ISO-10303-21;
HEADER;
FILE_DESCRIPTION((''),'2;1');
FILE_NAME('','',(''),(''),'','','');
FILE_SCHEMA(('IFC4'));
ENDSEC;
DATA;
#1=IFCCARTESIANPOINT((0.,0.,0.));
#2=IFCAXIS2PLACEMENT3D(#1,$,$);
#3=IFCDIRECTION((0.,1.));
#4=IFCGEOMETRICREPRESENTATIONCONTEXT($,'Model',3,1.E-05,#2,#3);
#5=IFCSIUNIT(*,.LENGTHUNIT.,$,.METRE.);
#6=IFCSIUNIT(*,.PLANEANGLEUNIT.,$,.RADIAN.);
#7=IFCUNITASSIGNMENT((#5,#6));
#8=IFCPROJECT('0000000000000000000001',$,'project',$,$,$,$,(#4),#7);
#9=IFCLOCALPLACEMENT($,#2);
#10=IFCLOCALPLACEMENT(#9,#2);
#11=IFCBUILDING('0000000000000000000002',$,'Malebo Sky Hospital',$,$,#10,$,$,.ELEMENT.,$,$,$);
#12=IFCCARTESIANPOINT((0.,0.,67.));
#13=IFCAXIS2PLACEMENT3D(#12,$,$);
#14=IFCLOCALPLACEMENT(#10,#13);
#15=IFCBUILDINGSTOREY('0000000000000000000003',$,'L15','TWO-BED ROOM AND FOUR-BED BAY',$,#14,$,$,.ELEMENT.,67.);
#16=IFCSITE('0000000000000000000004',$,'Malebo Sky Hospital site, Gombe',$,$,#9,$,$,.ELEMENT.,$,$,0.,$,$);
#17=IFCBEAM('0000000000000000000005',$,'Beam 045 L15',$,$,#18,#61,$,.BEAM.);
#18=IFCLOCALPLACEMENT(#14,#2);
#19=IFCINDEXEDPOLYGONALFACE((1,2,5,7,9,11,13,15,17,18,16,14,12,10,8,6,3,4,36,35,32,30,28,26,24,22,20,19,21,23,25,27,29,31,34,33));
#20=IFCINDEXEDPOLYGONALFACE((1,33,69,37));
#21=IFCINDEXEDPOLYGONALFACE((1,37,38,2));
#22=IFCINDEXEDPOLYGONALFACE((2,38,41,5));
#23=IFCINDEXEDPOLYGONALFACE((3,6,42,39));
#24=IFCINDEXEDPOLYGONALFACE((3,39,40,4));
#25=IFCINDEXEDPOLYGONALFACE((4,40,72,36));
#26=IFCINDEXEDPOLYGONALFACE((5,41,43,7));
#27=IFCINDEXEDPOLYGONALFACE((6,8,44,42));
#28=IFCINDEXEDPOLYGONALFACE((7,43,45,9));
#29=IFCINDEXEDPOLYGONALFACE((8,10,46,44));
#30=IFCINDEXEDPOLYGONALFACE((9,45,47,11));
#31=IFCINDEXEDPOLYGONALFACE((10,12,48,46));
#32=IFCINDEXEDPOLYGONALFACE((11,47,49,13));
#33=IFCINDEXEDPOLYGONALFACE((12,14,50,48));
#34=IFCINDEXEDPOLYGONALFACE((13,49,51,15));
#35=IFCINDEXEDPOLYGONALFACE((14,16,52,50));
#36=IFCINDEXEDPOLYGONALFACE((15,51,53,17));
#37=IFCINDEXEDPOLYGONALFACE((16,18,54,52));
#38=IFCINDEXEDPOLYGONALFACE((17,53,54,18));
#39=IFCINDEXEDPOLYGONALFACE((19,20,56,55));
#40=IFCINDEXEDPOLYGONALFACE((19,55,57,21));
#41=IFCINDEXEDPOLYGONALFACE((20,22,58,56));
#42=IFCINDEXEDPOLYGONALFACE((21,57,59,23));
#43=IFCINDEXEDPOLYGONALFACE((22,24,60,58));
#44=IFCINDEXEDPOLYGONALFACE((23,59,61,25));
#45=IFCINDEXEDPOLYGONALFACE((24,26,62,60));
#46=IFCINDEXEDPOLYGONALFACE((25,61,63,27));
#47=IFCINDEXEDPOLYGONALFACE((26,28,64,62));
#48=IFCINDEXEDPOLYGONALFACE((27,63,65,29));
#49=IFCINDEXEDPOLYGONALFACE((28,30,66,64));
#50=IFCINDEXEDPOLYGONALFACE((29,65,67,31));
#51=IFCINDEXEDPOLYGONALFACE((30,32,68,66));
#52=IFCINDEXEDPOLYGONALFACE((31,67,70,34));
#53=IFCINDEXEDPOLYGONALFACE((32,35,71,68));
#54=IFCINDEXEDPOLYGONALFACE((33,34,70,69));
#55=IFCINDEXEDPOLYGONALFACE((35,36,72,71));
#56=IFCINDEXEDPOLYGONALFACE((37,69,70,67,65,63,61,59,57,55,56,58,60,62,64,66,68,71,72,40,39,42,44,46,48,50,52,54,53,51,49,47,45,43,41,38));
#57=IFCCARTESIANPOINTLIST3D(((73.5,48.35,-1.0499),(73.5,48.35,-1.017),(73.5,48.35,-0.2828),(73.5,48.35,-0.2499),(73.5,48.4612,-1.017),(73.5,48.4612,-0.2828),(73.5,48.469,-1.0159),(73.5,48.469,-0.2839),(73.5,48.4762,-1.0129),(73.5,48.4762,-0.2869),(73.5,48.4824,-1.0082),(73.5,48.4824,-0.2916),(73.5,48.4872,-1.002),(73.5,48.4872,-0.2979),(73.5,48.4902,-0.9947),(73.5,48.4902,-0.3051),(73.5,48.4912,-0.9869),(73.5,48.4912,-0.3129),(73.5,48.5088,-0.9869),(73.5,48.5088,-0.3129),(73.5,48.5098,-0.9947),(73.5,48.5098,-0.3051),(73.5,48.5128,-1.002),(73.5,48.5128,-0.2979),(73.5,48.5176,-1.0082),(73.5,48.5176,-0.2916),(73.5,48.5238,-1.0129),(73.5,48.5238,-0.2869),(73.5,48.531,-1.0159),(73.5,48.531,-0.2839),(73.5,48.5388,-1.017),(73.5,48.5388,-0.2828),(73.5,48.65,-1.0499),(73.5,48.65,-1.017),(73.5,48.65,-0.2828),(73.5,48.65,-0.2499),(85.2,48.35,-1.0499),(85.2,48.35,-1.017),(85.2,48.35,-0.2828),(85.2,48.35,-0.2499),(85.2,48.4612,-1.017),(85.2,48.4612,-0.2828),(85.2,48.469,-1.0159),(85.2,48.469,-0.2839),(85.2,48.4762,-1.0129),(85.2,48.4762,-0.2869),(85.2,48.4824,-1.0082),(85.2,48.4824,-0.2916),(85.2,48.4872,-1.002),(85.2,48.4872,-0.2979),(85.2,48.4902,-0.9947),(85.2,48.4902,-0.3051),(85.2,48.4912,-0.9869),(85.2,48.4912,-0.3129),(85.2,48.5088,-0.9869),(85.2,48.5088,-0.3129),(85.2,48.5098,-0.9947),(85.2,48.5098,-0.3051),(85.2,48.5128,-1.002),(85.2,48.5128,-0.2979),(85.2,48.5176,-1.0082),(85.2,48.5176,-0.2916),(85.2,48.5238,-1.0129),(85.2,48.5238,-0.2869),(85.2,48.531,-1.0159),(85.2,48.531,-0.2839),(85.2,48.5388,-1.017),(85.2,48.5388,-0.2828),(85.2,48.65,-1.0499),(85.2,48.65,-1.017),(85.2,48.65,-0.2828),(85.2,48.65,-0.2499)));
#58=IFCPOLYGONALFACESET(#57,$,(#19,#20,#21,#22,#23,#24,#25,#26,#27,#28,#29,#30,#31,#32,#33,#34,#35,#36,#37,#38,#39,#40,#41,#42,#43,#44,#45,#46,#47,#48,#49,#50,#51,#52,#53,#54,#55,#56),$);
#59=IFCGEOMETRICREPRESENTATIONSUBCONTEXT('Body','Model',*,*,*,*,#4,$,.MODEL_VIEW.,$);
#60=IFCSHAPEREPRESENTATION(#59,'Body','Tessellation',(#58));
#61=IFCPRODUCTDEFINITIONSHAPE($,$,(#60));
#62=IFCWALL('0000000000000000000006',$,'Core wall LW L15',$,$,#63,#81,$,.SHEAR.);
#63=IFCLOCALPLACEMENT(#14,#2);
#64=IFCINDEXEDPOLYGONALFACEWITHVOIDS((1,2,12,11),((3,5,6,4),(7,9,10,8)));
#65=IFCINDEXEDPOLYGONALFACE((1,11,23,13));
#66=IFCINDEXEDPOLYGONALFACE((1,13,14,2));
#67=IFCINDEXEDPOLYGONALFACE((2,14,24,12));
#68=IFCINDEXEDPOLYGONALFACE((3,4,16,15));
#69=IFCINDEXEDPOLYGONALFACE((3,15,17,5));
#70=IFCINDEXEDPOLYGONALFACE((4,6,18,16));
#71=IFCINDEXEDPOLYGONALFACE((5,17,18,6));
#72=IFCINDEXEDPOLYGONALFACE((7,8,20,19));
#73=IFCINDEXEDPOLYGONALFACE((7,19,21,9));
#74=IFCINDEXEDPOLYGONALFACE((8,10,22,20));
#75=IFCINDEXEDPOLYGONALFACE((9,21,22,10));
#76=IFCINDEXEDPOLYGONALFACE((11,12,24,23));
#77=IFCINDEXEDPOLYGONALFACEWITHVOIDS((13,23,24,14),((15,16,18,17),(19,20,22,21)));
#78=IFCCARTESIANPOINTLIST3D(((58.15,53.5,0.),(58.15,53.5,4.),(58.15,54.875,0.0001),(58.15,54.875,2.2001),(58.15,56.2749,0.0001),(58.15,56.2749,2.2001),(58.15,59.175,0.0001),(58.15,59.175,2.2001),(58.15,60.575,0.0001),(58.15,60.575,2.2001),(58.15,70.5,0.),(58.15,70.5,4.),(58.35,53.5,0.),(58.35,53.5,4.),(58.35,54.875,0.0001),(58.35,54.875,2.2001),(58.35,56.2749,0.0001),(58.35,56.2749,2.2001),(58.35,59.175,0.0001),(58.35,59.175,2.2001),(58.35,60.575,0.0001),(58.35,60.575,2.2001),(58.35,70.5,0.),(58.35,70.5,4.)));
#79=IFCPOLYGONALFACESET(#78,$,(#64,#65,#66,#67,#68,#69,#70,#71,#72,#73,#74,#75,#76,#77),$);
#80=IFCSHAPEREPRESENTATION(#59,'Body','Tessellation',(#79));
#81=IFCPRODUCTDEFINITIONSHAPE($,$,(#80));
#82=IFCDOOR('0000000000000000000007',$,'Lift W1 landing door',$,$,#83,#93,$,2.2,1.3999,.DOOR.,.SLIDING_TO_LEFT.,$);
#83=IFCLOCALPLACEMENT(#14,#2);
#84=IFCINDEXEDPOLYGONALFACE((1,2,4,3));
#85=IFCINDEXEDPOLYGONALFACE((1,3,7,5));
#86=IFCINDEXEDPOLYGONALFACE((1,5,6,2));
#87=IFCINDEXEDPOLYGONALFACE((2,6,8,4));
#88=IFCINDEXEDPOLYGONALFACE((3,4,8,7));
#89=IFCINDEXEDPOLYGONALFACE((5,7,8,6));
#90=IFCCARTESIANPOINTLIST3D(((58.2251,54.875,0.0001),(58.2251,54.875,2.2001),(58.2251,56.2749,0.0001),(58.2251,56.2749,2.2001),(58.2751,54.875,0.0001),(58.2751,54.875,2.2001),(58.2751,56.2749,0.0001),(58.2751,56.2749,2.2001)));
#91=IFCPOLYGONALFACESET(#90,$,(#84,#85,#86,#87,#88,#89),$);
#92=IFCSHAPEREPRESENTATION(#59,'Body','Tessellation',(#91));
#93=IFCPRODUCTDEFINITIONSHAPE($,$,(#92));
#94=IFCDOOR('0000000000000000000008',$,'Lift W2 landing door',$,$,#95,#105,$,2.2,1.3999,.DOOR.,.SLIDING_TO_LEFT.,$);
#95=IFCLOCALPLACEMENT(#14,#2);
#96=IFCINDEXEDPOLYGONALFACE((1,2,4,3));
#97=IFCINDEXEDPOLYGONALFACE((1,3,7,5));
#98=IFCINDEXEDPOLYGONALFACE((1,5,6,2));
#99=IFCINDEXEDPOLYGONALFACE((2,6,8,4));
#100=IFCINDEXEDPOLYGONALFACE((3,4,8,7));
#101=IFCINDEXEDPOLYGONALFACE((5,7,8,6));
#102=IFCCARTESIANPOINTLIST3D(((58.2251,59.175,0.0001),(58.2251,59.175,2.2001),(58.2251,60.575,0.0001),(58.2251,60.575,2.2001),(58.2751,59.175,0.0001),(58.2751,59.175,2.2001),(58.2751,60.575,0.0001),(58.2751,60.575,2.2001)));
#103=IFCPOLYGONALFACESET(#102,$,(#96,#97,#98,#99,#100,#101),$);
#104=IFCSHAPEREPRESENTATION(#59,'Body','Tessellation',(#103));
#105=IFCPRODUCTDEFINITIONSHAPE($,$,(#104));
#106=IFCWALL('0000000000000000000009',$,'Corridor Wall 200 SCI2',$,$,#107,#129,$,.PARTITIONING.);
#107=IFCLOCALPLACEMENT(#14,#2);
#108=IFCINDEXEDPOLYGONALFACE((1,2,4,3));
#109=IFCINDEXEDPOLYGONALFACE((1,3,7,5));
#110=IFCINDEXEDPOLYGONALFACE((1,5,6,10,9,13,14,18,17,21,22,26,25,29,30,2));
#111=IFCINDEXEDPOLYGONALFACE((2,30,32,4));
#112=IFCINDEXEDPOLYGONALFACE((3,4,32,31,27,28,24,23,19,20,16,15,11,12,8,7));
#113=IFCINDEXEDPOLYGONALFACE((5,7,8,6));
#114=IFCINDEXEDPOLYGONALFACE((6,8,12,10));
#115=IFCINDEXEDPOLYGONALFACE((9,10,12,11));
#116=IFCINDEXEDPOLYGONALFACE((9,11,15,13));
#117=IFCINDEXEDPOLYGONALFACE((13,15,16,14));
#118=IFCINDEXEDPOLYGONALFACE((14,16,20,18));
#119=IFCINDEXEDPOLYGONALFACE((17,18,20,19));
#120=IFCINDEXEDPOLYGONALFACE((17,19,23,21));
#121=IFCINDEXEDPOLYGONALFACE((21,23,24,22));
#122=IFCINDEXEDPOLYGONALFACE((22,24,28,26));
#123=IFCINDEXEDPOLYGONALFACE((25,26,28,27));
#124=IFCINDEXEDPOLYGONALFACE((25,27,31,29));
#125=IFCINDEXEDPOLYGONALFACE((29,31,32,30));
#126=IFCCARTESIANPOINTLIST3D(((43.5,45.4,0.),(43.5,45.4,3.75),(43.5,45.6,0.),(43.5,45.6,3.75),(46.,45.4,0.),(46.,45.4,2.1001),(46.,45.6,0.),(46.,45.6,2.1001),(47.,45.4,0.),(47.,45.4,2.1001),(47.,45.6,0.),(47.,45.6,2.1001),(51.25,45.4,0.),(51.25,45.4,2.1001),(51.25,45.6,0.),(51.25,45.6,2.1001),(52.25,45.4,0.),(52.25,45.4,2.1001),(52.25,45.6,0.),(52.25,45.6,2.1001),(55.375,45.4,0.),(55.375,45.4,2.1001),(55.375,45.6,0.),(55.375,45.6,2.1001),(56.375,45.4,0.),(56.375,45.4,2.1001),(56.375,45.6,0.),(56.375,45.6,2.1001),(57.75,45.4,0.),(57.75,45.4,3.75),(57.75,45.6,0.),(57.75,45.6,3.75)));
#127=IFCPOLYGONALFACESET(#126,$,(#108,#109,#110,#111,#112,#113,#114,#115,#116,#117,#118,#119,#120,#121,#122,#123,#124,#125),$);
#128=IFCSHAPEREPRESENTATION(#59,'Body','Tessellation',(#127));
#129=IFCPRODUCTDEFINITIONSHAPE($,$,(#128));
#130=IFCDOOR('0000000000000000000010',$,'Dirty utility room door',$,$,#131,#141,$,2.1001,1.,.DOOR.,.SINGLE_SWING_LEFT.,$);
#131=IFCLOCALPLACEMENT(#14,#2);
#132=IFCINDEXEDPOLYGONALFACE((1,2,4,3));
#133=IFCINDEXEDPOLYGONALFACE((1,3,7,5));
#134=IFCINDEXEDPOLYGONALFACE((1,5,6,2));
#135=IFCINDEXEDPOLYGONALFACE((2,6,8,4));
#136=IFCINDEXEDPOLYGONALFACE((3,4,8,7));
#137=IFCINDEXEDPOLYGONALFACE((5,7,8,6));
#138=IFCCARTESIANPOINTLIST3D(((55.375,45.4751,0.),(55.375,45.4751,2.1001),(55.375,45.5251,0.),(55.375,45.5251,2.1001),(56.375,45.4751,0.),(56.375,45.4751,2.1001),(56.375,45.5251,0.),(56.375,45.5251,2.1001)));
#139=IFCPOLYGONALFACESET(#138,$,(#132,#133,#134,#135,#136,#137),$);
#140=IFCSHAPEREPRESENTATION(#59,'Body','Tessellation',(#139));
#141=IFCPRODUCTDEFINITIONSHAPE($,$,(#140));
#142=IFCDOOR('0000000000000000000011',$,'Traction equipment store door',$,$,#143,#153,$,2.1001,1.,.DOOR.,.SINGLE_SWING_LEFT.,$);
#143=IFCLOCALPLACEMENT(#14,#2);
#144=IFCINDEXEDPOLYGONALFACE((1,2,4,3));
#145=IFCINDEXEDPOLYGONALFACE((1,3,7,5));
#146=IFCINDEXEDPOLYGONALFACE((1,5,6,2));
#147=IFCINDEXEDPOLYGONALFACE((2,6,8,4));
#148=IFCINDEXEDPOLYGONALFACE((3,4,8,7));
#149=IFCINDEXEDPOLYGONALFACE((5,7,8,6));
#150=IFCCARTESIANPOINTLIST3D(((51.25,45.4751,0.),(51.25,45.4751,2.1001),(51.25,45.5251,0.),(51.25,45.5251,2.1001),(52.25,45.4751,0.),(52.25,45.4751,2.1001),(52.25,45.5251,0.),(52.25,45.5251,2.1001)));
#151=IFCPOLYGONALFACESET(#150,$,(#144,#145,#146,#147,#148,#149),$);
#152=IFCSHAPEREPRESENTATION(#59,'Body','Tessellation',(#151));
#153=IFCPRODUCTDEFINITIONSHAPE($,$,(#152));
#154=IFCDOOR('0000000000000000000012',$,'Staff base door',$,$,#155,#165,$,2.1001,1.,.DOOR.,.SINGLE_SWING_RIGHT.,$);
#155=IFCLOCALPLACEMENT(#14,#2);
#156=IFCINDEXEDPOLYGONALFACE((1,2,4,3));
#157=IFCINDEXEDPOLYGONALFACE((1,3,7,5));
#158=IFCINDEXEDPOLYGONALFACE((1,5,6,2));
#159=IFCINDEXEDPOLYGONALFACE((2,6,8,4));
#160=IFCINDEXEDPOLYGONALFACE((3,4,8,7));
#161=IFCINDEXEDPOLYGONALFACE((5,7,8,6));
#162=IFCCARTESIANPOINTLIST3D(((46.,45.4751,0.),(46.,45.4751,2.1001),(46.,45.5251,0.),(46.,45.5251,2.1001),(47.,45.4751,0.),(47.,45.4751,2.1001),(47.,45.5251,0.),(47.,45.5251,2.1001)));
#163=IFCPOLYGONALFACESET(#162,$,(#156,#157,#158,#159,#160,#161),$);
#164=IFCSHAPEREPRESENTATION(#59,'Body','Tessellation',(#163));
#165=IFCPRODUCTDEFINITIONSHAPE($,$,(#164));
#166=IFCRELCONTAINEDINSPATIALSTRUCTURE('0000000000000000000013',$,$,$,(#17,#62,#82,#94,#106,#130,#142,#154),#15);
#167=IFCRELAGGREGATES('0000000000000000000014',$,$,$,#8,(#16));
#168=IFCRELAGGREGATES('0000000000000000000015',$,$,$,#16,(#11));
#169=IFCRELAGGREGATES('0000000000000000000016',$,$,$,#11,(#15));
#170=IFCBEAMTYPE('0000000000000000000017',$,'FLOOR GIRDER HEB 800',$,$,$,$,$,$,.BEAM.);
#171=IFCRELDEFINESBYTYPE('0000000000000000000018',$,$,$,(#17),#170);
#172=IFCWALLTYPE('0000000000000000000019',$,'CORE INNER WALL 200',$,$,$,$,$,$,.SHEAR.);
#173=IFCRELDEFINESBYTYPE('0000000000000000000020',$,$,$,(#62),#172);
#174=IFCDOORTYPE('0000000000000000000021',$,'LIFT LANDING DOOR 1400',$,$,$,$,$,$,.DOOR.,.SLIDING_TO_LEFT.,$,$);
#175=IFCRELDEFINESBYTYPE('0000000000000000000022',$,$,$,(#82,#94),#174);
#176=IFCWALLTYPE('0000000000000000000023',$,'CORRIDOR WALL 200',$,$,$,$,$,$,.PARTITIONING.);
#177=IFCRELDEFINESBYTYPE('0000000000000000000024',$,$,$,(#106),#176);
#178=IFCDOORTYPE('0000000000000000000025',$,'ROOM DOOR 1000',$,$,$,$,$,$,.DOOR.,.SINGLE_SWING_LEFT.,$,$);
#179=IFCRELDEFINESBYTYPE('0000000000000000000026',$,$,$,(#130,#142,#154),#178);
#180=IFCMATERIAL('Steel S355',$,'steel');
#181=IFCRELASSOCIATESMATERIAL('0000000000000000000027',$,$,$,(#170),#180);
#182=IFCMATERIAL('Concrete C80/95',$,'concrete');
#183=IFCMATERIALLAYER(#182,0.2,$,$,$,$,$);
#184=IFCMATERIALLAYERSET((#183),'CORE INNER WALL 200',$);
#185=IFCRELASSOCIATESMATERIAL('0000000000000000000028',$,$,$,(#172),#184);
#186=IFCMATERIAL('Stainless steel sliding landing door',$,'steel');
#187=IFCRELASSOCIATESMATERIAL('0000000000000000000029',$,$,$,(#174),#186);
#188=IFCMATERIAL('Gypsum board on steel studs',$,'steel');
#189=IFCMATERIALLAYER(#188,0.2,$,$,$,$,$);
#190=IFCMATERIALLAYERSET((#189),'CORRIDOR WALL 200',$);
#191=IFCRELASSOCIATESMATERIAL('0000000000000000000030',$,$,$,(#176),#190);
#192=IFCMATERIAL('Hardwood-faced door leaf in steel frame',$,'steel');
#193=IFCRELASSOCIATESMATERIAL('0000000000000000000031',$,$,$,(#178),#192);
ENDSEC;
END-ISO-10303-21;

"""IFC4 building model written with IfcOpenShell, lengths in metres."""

from ifc_helpers import new_model, si_unit, direction, frame, frame_2d, origin, origin_2d, place, context, subcontext, project, spatial, rectangle, i_section, extrude, material, layer, layer_set, material_profile, profile_set, type_object, element, fill, save


model = new_model("IFC4")

# Units and contexts
model_context = context("Model", 3, precision=1e-05, world=origin(), true_north=direction((0.0, 1.0)))
body_context = subcontext(model_context, "Body", "Model", "MODEL_VIEW")
ifc_project = project(units=[si_unit("LENGTHUNIT", "METRE"), si_unit("PLANEANGLEUNIT", "RADIAN")], contexts=[model_context])

# Site, building, storey
site_placement = place(None, origin())
site = spatial("IfcSite", under=ifc_project, at=site_placement, Name="Malebo Sky Hospital site, Gombe", CompositionType="ELEMENT", RefElevation=0.0)
building_placement = place(site_placement, origin())
building = spatial("IfcBuilding", under=site, at=building_placement, Name="Malebo Sky Hospital", CompositionType="ELEMENT")
storey_placement = place(building_placement, frame((0.0, 0.0, 67.0)))
storey = spatial("IfcBuildingStorey", under=building, at=storey_placement, Name="L15", Description="TWO-BED ROOM AND FOUR-BED BAY", CompositionType="ELEMENT", Elevation=67.0)

# Beam
ifc_material_1 = material(Name="Steel S355", Category="steel")
ifc_material_profile_1 = material_profile(ifc_material_1, i_section(OverallWidth=0.3, OverallDepth=0.8, WebThickness=0.0176, FlangeThickness=0.033, FilletRadius=0.03, at=origin_2d()), Name="HEB 800")
ifc_profile_set_1 = profile_set([ifc_material_profile_1], Name="Steel S355")
beam_type_1 = type_object("IfcBeamType", Name="FLOOR GIRDER HEB 800", PredefinedType="BEAM", material=ifc_profile_set_1)
beam_1_placement = place(storey_placement, frame((73.5, 48.5, -0.6499), z_axis=(1.0, 0.0, 0.0), x_axis=(0.0, 1.0, 0.0)))
element("IfcBeam", 1, at=beam_1_placement, inside=storey, type_object=beam_type_1, Name="Beam 045 L15", PredefinedType="BEAM", context=body_context, shape_type="SweptSolid", body=[
    extrude(i_section(OverallWidth=0.3, OverallDepth=0.8, WebThickness=0.0176, FlangeThickness=0.033, FilletRadius=0.03, at=origin_2d()), origin(), (0.0, 0.0, 1.0), 11.7),
])

# Walls, openings, doors
ifc_material_2 = material(Name="Concrete C80/95", Category="concrete")
ifc_layer_1 = layer(ifc_material_2, 0.2)
ifc_layer_set_1 = layer_set([ifc_layer_1], Name="CORE INNER WALL 200")
wall_type_1 = type_object("IfcWallType", Name="CORE INNER WALL 200", PredefinedType="SHEAR", material=ifc_layer_set_1)
wall_1_placement = place(storey_placement, frame((58.25, 53.5, 0.0), z_axis=(0.0, 0.0, 1.0), x_axis=(0.0, 1.0, 0.0)))
wall_1 = element("IfcWall", 2, at=wall_1_placement, inside=storey, type_object=wall_type_1, Name="Core wall LW L15", PredefinedType="SHEAR", context=body_context, shape_type="SweptSolid", body=[
    extrude(rectangle(XDim=17.0, YDim=0.2, at=frame_2d((8.5, 0.0))), origin(), (0.0, 0.0, 1.0), 4.0),
])
opening_1_placement = place(wall_1_placement, frame((1.375, 0.0, 0.0)))
opening_1 = element("IfcOpeningElement", 3, at=opening_1_placement, cuts=wall_1, PredefinedType="OPENING", context=body_context, shape_type="SweptSolid", body=[
    extrude(rectangle(XDim=1.3999, YDim=2.2, at=frame_2d((0.7, 1.1001))), frame((0.0, 0.1099, 0.0), z_axis=(0.0, -1.0, 0.0), x_axis=(1.0, 0.0, 0.0)), (0.0, 0.0, 1.0), 0.22),
])
opening_2_placement = place(wall_1_placement, frame((5.675, 0.0, 0.0)))
opening_2 = element("IfcOpeningElement", 4, at=opening_2_placement, cuts=wall_1, PredefinedType="OPENING", context=body_context, shape_type="SweptSolid", body=[
    extrude(rectangle(XDim=1.3999, YDim=2.2, at=frame_2d((0.7, 1.1001))), frame((0.0, 0.1099, 0.0), z_axis=(0.0, -1.0, 0.0), x_axis=(1.0, 0.0, 0.0)), (0.0, 0.0, 1.0), 0.22),
])
ifc_material_3 = material(Name="Stainless steel sliding landing door", Category="steel")
door_type_1 = type_object("IfcDoorType", Name="LIFT LANDING DOOR 1400", OperationType="SLIDING_TO_LEFT", PredefinedType="DOOR", material=ifc_material_3)
door_1_placement = place(opening_1_placement, origin())
door_1 = element("IfcDoor", 5, at=door_1_placement, inside=storey, type_object=door_type_1, Name="Lift W1 landing door", OperationType="SLIDING_TO_LEFT", OverallHeight=2.2, OverallWidth=1.3999, PredefinedType="DOOR", context=body_context, shape_type="SweptSolid", body=[
    extrude(rectangle(XDim=1.3999, YDim=2.2, at=frame_2d((0.7, 1.1001))), frame((0.0, 0.0249, 0.0), z_axis=(0.0, -1.0, 0.0), x_axis=(1.0, 0.0, 0.0)), (0.0, 0.0, 1.0), 0.05),
])
fill(opening_1, door_1)
door_2_placement = place(opening_2_placement, origin())
door_2 = element("IfcDoor", 6, at=door_2_placement, inside=storey, type_object=door_type_1, Name="Lift W2 landing door", OperationType="SLIDING_TO_LEFT", OverallHeight=2.2, OverallWidth=1.3999, PredefinedType="DOOR", context=body_context, shape_type="SweptSolid", body=[
    extrude(rectangle(XDim=1.3999, YDim=2.2, at=frame_2d((0.7, 1.1001))), frame((0.0, 0.0249, 0.0), z_axis=(0.0, -1.0, 0.0), x_axis=(1.0, 0.0, 0.0)), (0.0, 0.0, 1.0), 0.05),
])
fill(opening_2, door_2)
ifc_material_4 = material(Name="Gypsum board on steel studs", Category="steel")
ifc_layer_2 = layer(ifc_material_4, 0.2)
ifc_layer_set_2 = layer_set([ifc_layer_2], Name="CORRIDOR WALL 200")
wall_type_2 = type_object("IfcWallType", Name="CORRIDOR WALL 200", PredefinedType="PARTITIONING", material=ifc_layer_set_2)
wall_2_placement = place(storey_placement, frame((57.75, 45.5, 0.0), z_axis=(0.0, 0.0, 1.0), x_axis=(-1.0, 0.0, 0.0)))
wall_2 = element("IfcWall", 7, at=wall_2_placement, inside=storey, type_object=wall_type_2, Name="Corridor Wall 200 SCI2", PredefinedType="PARTITIONING", context=body_context, shape_type="SweptSolid", body=[
    extrude(rectangle(XDim=14.25, YDim=0.2, at=frame_2d((7.125, 0.0))), origin(), (0.0, 0.0, 1.0), 3.75),
])
opening_3_placement = place(wall_2_placement, frame((1.375, 0.0, 0.0)))
opening_3 = element("IfcOpeningElement", 8, at=opening_3_placement, cuts=wall_2, PredefinedType="OPENING", context=body_context, shape_type="SweptSolid", body=[
    extrude(rectangle(XDim=1.0, YDim=2.1001, at=frame_2d((0.5, 1.05))), frame((0.0, 0.1099, 0.0), z_axis=(0.0, -1.0, 0.0), x_axis=(1.0, 0.0, 0.0)), (0.0, 0.0, 1.0), 0.22),
])
opening_4_placement = place(wall_2_placement, frame((5.5, 0.0, 0.0)))
opening_4 = element("IfcOpeningElement", 9, at=opening_4_placement, cuts=wall_2, PredefinedType="OPENING", context=body_context, shape_type="SweptSolid", body=[
    extrude(rectangle(XDim=1.0, YDim=2.1001, at=frame_2d((0.5, 1.05))), frame((0.0, 0.1099, 0.0), z_axis=(0.0, -1.0, 0.0), x_axis=(1.0, 0.0, 0.0)), (0.0, 0.0, 1.0), 0.22),
])
opening_5_placement = place(wall_2_placement, frame((10.75, 0.0, 0.0)))
opening_5 = element("IfcOpeningElement", 10, at=opening_5_placement, cuts=wall_2, PredefinedType="OPENING", context=body_context, shape_type="SweptSolid", body=[
    extrude(rectangle(XDim=1.0, YDim=2.1001, at=frame_2d((0.5, 1.05))), frame((0.0, 0.1099, 0.0), z_axis=(0.0, -1.0, 0.0), x_axis=(1.0, 0.0, 0.0)), (0.0, 0.0, 1.0), 0.22),
])
ifc_material_5 = material(Name="Hardwood-faced door leaf in steel frame", Category="steel")
door_type_2 = type_object("IfcDoorType", Name="ROOM DOOR 1000", OperationType="SINGLE_SWING_LEFT", PredefinedType="DOOR", material=ifc_material_5)
door_3_placement = place(opening_3_placement, origin())
door_3 = element("IfcDoor", 11, at=door_3_placement, inside=storey, type_object=door_type_2, Name="Dirty utility room door", OperationType="SINGLE_SWING_LEFT", OverallHeight=2.1001, OverallWidth=1.0, PredefinedType="DOOR", context=body_context, shape_type="SweptSolid", body=[
    extrude(rectangle(XDim=1.0, YDim=2.1001, at=frame_2d((0.5, 1.05))), frame((0.0, 0.0249, 0.0), z_axis=(0.0, -1.0, 0.0), x_axis=(1.0, 0.0, 0.0)), (0.0, 0.0, 1.0), 0.05),
])
fill(opening_3, door_3)
door_4_placement = place(opening_4_placement, origin())
door_4 = element("IfcDoor", 12, at=door_4_placement, inside=storey, type_object=door_type_2, Name="Traction equipment store door", OperationType="SINGLE_SWING_LEFT", OverallHeight=2.1001, OverallWidth=1.0, PredefinedType="DOOR", context=body_context, shape_type="SweptSolid", body=[
    extrude(rectangle(XDim=1.0, YDim=2.1001, at=frame_2d((0.5, 1.05))), frame((0.0, 0.0249, 0.0), z_axis=(0.0, -1.0, 0.0), x_axis=(1.0, 0.0, 0.0)), (0.0, 0.0, 1.0), 0.05),
])
fill(opening_4, door_4)
door_5_placement = place(opening_5_placement, origin())
door_5 = element("IfcDoor", 13, at=door_5_placement, inside=storey, type_object=door_type_2, Name="Staff base door", OperationType="SINGLE_SWING_RIGHT", OverallHeight=2.1001, OverallWidth=1.0, PredefinedType="DOOR", context=body_context, shape_type="SweptSolid", body=[
    extrude(rectangle(XDim=1.0, YDim=2.1001, at=frame_2d((0.5, 1.05))), frame((0.0, 0.0249, 0.0), z_axis=(0.0, -1.0, 0.0), x_axis=(1.0, 0.0, 0.0)), (0.0, 0.0, 1.0), 0.05),
])
fill(opening_5, door_5)

save(model, "model.ifc")
